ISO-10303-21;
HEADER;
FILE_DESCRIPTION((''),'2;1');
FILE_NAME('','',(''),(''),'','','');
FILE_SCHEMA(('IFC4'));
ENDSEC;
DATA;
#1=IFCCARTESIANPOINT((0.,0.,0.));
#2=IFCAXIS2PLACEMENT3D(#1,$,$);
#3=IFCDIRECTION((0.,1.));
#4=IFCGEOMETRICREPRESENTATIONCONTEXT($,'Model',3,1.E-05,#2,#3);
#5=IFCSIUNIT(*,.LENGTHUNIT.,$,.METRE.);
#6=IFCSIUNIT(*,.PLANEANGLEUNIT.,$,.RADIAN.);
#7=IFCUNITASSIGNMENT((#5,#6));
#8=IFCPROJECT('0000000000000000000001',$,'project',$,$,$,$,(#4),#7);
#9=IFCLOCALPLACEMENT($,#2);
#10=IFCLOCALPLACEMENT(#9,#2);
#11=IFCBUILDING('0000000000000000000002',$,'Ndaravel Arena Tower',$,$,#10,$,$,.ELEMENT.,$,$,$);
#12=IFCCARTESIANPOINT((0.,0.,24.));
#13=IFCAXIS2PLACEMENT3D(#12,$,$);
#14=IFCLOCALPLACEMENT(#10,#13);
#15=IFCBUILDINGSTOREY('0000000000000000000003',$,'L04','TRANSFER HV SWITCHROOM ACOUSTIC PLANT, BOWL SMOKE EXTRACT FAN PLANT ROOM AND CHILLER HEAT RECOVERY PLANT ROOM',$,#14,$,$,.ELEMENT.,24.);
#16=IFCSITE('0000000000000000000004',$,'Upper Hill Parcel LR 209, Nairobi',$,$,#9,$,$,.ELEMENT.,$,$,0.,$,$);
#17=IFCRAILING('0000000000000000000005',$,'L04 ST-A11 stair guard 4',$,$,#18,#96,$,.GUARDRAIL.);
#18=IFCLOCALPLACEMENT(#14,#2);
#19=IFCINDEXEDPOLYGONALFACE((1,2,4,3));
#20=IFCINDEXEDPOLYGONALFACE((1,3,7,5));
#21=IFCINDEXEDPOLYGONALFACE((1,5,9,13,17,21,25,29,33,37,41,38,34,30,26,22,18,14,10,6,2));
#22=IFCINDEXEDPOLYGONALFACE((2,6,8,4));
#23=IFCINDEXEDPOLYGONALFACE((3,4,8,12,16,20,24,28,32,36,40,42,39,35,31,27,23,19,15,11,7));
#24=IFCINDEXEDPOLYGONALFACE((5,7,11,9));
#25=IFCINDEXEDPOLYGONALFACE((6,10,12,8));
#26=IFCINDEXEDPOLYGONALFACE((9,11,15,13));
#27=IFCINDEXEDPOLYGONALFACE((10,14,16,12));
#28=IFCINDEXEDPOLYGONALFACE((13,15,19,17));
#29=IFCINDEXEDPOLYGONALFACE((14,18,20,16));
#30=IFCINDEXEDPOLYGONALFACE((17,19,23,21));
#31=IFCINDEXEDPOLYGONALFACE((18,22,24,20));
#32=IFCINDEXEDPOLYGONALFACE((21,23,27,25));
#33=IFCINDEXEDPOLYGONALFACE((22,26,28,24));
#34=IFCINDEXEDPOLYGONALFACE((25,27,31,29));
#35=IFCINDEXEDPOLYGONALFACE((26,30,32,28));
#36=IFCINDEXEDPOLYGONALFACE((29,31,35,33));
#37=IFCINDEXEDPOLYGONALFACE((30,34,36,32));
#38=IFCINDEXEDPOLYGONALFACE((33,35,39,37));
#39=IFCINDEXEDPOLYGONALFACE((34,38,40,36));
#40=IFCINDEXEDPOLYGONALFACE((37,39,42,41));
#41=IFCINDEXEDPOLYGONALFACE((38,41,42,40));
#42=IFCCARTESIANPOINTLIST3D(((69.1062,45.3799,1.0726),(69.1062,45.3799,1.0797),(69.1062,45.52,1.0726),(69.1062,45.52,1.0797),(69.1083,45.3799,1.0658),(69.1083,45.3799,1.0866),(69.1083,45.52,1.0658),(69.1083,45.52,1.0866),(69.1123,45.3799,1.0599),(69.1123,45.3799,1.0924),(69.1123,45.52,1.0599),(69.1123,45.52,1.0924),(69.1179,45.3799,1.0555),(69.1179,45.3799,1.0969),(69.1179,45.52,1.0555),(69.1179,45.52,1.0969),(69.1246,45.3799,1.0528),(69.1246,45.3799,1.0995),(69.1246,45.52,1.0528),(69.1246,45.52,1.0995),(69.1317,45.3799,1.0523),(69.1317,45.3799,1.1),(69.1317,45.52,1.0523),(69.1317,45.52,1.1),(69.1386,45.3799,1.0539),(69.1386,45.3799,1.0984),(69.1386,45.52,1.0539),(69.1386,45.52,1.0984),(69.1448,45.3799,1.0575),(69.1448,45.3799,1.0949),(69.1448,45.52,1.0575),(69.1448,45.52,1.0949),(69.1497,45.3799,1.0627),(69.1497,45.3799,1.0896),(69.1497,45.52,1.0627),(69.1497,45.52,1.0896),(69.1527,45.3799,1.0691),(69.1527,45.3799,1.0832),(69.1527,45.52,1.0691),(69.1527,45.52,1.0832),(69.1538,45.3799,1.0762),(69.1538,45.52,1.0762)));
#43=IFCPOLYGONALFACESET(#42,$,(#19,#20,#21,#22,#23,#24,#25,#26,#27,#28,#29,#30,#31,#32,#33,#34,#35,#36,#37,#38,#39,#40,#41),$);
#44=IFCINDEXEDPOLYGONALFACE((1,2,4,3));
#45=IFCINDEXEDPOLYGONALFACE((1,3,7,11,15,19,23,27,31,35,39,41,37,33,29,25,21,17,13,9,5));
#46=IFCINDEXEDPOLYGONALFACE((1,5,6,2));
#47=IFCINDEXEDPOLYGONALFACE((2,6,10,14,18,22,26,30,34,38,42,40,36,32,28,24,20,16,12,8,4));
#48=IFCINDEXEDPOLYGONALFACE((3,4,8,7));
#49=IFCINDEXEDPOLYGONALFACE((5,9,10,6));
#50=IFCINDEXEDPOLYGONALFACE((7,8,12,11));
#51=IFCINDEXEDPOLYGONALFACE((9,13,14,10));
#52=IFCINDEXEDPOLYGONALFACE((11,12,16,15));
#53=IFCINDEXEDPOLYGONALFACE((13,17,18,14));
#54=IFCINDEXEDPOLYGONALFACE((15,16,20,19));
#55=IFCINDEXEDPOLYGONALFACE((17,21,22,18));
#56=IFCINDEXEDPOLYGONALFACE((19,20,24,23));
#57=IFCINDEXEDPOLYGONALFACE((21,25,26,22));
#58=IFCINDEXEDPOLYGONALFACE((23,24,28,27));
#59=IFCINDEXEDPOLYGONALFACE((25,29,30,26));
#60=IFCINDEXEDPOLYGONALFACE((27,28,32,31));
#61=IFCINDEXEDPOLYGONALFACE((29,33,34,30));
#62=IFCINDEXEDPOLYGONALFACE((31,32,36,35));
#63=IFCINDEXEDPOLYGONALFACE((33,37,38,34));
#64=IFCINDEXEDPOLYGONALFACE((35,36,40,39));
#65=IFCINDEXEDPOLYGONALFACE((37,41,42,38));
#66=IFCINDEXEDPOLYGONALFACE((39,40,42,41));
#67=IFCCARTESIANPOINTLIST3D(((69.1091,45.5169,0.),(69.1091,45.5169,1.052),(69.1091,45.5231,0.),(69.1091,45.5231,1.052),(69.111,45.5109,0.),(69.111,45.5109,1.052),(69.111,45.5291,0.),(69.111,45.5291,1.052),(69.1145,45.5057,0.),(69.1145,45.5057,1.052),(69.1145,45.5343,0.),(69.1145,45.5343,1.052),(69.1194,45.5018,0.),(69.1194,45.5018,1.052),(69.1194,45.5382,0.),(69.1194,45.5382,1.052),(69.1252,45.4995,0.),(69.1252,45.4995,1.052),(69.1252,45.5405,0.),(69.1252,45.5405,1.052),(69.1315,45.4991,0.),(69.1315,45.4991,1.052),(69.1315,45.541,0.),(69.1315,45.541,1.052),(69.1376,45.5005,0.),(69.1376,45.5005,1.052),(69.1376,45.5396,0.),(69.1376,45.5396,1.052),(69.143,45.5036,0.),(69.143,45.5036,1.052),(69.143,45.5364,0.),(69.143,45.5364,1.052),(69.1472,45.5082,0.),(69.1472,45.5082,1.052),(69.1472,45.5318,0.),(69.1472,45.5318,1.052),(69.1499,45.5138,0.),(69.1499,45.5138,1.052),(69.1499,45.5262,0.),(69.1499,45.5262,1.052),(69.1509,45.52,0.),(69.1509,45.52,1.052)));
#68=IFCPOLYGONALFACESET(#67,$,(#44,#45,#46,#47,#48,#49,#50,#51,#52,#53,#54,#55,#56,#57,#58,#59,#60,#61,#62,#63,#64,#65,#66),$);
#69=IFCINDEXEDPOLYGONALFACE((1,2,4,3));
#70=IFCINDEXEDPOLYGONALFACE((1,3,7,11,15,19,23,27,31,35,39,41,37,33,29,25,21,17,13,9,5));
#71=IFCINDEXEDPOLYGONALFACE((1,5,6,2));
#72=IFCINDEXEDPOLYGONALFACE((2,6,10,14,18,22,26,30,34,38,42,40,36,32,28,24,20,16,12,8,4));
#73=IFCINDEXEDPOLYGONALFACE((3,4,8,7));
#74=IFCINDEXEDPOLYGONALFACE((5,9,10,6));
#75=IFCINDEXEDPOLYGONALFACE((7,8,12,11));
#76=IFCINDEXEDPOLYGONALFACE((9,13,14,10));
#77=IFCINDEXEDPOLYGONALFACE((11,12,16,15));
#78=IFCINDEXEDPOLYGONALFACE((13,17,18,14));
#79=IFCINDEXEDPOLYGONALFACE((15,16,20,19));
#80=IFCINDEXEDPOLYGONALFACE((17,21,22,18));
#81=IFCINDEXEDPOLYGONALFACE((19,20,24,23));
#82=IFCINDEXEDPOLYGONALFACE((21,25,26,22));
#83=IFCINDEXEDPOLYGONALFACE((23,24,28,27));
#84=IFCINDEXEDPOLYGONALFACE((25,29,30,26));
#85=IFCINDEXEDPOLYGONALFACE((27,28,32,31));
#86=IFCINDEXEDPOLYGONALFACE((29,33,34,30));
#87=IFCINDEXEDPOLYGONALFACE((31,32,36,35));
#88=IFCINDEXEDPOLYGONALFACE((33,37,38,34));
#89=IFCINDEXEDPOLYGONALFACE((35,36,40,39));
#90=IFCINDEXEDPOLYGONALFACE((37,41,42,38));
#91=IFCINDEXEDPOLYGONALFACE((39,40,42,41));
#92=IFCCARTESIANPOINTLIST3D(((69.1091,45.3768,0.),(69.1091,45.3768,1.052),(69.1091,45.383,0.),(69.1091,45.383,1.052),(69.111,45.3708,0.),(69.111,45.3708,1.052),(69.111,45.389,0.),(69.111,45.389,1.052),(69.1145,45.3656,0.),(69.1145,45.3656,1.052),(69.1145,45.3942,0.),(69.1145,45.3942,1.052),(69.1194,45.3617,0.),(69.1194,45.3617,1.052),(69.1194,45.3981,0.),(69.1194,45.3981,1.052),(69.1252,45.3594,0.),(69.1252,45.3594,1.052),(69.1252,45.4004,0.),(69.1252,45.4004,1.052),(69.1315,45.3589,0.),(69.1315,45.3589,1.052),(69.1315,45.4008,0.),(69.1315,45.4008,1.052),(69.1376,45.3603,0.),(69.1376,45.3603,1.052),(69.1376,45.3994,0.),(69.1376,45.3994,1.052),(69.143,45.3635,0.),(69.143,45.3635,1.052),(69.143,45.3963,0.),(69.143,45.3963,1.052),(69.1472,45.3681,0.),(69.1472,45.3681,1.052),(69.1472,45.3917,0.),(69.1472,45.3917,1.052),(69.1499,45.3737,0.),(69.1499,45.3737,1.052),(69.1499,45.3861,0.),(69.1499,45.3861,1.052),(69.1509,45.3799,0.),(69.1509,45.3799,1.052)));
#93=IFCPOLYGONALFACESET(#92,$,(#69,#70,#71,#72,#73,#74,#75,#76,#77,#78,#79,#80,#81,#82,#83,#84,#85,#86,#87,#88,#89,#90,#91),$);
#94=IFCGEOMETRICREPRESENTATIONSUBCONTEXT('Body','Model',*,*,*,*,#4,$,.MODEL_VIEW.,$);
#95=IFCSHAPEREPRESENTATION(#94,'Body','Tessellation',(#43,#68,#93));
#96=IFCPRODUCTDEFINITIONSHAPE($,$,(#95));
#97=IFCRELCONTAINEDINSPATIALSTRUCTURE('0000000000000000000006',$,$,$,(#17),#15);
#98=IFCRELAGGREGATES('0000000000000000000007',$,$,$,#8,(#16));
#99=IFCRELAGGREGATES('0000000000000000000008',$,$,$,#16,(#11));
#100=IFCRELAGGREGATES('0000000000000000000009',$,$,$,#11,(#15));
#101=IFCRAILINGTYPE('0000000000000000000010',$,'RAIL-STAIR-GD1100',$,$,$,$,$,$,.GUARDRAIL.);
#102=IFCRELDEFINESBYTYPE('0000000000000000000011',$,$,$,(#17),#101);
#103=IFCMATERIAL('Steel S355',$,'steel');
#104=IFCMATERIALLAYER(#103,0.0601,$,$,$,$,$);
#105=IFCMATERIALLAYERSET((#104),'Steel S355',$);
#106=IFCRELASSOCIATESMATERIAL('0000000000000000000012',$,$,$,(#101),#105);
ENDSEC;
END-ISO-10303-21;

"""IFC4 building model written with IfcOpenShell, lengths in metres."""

from ifc_helpers import new_model, si_unit, direction, frame, origin, origin_2d, place, context, subcontext, project, spatial, circle, extrude, material, layer, layer_set, type_object, element, save


model = new_model("IFC4")

# Units and contexts
model_context = context("Model", 3, precision=1e-05, world=origin(), true_north=direction((0.0, 1.0)))
body_context = subcontext(model_context, "Body", "Model", "MODEL_VIEW")
ifc_project = project(units=[si_unit("LENGTHUNIT", "METRE"), si_unit("PLANEANGLEUNIT", "RADIAN")], contexts=[model_context])

# Site, building, storey
site_placement = place(None, origin())
site = spatial("IfcSite", under=ifc_project, at=site_placement, Name="Upper Hill Parcel LR 209, Nairobi", CompositionType="ELEMENT", RefElevation=0.0)
building_placement = place(site_placement, origin())
building = spatial("IfcBuilding", under=site, at=building_placement, Name="Ndaravel Arena Tower", CompositionType="ELEMENT")
storey_placement = place(building_placement, frame((0.0, 0.0, 24.0)))
storey = spatial("IfcBuildingStorey", under=building, at=storey_placement, Name="L04", Description="TRANSFER HV SWITCHROOM ACOUSTIC PLANT, BOWL SMOKE EXTRACT FAN PLANT ROOM AND CHILLER HEAT RECOVERY PLANT ROOM", CompositionType="ELEMENT", Elevation=24.0)

# Railing
ifc_material_1 = material(Name="Steel S355", Category="steel")
ifc_layer_1 = layer(ifc_material_1, 0.0601)
ifc_layer_set_1 = layer_set([ifc_layer_1], Name="Steel S355")
railing_type_1 = type_object("IfcRailingType", Name="RAIL-STAIR-GD1100", PredefinedType="GUARDRAIL", material=ifc_layer_set_1)
railing_1_placement = place(storey_placement, frame((69.1299, 45.52, 0.0)))
element("IfcRailing", 1, at=railing_1_placement, inside=storey, type_object=railing_type_1, Name="L04 ST-A11 stair guard 4", PredefinedType="GUARDRAIL", context=body_context, shape_type="SweptSolid", body=[
    extrude(circle(Radius=0.0239, at=origin_2d()), frame((0.0, 0.0, 1.0762), z_axis=(0.0, -1.0, 0.0), x_axis=(1.0, 0.0, 0.0)), (0.0, 0.0, 1.0), 0.1401),
    extrude(circle(Radius=0.021, at=origin_2d()), origin(), (0.0, 0.0, 1.0), 1.052),
    extrude(circle(Radius=0.021, at=origin_2d()), frame((0.0, -0.1401, 0.0)), (0.0, 0.0, 1.0), 1.052),
])

save(model, "model.ifc")
